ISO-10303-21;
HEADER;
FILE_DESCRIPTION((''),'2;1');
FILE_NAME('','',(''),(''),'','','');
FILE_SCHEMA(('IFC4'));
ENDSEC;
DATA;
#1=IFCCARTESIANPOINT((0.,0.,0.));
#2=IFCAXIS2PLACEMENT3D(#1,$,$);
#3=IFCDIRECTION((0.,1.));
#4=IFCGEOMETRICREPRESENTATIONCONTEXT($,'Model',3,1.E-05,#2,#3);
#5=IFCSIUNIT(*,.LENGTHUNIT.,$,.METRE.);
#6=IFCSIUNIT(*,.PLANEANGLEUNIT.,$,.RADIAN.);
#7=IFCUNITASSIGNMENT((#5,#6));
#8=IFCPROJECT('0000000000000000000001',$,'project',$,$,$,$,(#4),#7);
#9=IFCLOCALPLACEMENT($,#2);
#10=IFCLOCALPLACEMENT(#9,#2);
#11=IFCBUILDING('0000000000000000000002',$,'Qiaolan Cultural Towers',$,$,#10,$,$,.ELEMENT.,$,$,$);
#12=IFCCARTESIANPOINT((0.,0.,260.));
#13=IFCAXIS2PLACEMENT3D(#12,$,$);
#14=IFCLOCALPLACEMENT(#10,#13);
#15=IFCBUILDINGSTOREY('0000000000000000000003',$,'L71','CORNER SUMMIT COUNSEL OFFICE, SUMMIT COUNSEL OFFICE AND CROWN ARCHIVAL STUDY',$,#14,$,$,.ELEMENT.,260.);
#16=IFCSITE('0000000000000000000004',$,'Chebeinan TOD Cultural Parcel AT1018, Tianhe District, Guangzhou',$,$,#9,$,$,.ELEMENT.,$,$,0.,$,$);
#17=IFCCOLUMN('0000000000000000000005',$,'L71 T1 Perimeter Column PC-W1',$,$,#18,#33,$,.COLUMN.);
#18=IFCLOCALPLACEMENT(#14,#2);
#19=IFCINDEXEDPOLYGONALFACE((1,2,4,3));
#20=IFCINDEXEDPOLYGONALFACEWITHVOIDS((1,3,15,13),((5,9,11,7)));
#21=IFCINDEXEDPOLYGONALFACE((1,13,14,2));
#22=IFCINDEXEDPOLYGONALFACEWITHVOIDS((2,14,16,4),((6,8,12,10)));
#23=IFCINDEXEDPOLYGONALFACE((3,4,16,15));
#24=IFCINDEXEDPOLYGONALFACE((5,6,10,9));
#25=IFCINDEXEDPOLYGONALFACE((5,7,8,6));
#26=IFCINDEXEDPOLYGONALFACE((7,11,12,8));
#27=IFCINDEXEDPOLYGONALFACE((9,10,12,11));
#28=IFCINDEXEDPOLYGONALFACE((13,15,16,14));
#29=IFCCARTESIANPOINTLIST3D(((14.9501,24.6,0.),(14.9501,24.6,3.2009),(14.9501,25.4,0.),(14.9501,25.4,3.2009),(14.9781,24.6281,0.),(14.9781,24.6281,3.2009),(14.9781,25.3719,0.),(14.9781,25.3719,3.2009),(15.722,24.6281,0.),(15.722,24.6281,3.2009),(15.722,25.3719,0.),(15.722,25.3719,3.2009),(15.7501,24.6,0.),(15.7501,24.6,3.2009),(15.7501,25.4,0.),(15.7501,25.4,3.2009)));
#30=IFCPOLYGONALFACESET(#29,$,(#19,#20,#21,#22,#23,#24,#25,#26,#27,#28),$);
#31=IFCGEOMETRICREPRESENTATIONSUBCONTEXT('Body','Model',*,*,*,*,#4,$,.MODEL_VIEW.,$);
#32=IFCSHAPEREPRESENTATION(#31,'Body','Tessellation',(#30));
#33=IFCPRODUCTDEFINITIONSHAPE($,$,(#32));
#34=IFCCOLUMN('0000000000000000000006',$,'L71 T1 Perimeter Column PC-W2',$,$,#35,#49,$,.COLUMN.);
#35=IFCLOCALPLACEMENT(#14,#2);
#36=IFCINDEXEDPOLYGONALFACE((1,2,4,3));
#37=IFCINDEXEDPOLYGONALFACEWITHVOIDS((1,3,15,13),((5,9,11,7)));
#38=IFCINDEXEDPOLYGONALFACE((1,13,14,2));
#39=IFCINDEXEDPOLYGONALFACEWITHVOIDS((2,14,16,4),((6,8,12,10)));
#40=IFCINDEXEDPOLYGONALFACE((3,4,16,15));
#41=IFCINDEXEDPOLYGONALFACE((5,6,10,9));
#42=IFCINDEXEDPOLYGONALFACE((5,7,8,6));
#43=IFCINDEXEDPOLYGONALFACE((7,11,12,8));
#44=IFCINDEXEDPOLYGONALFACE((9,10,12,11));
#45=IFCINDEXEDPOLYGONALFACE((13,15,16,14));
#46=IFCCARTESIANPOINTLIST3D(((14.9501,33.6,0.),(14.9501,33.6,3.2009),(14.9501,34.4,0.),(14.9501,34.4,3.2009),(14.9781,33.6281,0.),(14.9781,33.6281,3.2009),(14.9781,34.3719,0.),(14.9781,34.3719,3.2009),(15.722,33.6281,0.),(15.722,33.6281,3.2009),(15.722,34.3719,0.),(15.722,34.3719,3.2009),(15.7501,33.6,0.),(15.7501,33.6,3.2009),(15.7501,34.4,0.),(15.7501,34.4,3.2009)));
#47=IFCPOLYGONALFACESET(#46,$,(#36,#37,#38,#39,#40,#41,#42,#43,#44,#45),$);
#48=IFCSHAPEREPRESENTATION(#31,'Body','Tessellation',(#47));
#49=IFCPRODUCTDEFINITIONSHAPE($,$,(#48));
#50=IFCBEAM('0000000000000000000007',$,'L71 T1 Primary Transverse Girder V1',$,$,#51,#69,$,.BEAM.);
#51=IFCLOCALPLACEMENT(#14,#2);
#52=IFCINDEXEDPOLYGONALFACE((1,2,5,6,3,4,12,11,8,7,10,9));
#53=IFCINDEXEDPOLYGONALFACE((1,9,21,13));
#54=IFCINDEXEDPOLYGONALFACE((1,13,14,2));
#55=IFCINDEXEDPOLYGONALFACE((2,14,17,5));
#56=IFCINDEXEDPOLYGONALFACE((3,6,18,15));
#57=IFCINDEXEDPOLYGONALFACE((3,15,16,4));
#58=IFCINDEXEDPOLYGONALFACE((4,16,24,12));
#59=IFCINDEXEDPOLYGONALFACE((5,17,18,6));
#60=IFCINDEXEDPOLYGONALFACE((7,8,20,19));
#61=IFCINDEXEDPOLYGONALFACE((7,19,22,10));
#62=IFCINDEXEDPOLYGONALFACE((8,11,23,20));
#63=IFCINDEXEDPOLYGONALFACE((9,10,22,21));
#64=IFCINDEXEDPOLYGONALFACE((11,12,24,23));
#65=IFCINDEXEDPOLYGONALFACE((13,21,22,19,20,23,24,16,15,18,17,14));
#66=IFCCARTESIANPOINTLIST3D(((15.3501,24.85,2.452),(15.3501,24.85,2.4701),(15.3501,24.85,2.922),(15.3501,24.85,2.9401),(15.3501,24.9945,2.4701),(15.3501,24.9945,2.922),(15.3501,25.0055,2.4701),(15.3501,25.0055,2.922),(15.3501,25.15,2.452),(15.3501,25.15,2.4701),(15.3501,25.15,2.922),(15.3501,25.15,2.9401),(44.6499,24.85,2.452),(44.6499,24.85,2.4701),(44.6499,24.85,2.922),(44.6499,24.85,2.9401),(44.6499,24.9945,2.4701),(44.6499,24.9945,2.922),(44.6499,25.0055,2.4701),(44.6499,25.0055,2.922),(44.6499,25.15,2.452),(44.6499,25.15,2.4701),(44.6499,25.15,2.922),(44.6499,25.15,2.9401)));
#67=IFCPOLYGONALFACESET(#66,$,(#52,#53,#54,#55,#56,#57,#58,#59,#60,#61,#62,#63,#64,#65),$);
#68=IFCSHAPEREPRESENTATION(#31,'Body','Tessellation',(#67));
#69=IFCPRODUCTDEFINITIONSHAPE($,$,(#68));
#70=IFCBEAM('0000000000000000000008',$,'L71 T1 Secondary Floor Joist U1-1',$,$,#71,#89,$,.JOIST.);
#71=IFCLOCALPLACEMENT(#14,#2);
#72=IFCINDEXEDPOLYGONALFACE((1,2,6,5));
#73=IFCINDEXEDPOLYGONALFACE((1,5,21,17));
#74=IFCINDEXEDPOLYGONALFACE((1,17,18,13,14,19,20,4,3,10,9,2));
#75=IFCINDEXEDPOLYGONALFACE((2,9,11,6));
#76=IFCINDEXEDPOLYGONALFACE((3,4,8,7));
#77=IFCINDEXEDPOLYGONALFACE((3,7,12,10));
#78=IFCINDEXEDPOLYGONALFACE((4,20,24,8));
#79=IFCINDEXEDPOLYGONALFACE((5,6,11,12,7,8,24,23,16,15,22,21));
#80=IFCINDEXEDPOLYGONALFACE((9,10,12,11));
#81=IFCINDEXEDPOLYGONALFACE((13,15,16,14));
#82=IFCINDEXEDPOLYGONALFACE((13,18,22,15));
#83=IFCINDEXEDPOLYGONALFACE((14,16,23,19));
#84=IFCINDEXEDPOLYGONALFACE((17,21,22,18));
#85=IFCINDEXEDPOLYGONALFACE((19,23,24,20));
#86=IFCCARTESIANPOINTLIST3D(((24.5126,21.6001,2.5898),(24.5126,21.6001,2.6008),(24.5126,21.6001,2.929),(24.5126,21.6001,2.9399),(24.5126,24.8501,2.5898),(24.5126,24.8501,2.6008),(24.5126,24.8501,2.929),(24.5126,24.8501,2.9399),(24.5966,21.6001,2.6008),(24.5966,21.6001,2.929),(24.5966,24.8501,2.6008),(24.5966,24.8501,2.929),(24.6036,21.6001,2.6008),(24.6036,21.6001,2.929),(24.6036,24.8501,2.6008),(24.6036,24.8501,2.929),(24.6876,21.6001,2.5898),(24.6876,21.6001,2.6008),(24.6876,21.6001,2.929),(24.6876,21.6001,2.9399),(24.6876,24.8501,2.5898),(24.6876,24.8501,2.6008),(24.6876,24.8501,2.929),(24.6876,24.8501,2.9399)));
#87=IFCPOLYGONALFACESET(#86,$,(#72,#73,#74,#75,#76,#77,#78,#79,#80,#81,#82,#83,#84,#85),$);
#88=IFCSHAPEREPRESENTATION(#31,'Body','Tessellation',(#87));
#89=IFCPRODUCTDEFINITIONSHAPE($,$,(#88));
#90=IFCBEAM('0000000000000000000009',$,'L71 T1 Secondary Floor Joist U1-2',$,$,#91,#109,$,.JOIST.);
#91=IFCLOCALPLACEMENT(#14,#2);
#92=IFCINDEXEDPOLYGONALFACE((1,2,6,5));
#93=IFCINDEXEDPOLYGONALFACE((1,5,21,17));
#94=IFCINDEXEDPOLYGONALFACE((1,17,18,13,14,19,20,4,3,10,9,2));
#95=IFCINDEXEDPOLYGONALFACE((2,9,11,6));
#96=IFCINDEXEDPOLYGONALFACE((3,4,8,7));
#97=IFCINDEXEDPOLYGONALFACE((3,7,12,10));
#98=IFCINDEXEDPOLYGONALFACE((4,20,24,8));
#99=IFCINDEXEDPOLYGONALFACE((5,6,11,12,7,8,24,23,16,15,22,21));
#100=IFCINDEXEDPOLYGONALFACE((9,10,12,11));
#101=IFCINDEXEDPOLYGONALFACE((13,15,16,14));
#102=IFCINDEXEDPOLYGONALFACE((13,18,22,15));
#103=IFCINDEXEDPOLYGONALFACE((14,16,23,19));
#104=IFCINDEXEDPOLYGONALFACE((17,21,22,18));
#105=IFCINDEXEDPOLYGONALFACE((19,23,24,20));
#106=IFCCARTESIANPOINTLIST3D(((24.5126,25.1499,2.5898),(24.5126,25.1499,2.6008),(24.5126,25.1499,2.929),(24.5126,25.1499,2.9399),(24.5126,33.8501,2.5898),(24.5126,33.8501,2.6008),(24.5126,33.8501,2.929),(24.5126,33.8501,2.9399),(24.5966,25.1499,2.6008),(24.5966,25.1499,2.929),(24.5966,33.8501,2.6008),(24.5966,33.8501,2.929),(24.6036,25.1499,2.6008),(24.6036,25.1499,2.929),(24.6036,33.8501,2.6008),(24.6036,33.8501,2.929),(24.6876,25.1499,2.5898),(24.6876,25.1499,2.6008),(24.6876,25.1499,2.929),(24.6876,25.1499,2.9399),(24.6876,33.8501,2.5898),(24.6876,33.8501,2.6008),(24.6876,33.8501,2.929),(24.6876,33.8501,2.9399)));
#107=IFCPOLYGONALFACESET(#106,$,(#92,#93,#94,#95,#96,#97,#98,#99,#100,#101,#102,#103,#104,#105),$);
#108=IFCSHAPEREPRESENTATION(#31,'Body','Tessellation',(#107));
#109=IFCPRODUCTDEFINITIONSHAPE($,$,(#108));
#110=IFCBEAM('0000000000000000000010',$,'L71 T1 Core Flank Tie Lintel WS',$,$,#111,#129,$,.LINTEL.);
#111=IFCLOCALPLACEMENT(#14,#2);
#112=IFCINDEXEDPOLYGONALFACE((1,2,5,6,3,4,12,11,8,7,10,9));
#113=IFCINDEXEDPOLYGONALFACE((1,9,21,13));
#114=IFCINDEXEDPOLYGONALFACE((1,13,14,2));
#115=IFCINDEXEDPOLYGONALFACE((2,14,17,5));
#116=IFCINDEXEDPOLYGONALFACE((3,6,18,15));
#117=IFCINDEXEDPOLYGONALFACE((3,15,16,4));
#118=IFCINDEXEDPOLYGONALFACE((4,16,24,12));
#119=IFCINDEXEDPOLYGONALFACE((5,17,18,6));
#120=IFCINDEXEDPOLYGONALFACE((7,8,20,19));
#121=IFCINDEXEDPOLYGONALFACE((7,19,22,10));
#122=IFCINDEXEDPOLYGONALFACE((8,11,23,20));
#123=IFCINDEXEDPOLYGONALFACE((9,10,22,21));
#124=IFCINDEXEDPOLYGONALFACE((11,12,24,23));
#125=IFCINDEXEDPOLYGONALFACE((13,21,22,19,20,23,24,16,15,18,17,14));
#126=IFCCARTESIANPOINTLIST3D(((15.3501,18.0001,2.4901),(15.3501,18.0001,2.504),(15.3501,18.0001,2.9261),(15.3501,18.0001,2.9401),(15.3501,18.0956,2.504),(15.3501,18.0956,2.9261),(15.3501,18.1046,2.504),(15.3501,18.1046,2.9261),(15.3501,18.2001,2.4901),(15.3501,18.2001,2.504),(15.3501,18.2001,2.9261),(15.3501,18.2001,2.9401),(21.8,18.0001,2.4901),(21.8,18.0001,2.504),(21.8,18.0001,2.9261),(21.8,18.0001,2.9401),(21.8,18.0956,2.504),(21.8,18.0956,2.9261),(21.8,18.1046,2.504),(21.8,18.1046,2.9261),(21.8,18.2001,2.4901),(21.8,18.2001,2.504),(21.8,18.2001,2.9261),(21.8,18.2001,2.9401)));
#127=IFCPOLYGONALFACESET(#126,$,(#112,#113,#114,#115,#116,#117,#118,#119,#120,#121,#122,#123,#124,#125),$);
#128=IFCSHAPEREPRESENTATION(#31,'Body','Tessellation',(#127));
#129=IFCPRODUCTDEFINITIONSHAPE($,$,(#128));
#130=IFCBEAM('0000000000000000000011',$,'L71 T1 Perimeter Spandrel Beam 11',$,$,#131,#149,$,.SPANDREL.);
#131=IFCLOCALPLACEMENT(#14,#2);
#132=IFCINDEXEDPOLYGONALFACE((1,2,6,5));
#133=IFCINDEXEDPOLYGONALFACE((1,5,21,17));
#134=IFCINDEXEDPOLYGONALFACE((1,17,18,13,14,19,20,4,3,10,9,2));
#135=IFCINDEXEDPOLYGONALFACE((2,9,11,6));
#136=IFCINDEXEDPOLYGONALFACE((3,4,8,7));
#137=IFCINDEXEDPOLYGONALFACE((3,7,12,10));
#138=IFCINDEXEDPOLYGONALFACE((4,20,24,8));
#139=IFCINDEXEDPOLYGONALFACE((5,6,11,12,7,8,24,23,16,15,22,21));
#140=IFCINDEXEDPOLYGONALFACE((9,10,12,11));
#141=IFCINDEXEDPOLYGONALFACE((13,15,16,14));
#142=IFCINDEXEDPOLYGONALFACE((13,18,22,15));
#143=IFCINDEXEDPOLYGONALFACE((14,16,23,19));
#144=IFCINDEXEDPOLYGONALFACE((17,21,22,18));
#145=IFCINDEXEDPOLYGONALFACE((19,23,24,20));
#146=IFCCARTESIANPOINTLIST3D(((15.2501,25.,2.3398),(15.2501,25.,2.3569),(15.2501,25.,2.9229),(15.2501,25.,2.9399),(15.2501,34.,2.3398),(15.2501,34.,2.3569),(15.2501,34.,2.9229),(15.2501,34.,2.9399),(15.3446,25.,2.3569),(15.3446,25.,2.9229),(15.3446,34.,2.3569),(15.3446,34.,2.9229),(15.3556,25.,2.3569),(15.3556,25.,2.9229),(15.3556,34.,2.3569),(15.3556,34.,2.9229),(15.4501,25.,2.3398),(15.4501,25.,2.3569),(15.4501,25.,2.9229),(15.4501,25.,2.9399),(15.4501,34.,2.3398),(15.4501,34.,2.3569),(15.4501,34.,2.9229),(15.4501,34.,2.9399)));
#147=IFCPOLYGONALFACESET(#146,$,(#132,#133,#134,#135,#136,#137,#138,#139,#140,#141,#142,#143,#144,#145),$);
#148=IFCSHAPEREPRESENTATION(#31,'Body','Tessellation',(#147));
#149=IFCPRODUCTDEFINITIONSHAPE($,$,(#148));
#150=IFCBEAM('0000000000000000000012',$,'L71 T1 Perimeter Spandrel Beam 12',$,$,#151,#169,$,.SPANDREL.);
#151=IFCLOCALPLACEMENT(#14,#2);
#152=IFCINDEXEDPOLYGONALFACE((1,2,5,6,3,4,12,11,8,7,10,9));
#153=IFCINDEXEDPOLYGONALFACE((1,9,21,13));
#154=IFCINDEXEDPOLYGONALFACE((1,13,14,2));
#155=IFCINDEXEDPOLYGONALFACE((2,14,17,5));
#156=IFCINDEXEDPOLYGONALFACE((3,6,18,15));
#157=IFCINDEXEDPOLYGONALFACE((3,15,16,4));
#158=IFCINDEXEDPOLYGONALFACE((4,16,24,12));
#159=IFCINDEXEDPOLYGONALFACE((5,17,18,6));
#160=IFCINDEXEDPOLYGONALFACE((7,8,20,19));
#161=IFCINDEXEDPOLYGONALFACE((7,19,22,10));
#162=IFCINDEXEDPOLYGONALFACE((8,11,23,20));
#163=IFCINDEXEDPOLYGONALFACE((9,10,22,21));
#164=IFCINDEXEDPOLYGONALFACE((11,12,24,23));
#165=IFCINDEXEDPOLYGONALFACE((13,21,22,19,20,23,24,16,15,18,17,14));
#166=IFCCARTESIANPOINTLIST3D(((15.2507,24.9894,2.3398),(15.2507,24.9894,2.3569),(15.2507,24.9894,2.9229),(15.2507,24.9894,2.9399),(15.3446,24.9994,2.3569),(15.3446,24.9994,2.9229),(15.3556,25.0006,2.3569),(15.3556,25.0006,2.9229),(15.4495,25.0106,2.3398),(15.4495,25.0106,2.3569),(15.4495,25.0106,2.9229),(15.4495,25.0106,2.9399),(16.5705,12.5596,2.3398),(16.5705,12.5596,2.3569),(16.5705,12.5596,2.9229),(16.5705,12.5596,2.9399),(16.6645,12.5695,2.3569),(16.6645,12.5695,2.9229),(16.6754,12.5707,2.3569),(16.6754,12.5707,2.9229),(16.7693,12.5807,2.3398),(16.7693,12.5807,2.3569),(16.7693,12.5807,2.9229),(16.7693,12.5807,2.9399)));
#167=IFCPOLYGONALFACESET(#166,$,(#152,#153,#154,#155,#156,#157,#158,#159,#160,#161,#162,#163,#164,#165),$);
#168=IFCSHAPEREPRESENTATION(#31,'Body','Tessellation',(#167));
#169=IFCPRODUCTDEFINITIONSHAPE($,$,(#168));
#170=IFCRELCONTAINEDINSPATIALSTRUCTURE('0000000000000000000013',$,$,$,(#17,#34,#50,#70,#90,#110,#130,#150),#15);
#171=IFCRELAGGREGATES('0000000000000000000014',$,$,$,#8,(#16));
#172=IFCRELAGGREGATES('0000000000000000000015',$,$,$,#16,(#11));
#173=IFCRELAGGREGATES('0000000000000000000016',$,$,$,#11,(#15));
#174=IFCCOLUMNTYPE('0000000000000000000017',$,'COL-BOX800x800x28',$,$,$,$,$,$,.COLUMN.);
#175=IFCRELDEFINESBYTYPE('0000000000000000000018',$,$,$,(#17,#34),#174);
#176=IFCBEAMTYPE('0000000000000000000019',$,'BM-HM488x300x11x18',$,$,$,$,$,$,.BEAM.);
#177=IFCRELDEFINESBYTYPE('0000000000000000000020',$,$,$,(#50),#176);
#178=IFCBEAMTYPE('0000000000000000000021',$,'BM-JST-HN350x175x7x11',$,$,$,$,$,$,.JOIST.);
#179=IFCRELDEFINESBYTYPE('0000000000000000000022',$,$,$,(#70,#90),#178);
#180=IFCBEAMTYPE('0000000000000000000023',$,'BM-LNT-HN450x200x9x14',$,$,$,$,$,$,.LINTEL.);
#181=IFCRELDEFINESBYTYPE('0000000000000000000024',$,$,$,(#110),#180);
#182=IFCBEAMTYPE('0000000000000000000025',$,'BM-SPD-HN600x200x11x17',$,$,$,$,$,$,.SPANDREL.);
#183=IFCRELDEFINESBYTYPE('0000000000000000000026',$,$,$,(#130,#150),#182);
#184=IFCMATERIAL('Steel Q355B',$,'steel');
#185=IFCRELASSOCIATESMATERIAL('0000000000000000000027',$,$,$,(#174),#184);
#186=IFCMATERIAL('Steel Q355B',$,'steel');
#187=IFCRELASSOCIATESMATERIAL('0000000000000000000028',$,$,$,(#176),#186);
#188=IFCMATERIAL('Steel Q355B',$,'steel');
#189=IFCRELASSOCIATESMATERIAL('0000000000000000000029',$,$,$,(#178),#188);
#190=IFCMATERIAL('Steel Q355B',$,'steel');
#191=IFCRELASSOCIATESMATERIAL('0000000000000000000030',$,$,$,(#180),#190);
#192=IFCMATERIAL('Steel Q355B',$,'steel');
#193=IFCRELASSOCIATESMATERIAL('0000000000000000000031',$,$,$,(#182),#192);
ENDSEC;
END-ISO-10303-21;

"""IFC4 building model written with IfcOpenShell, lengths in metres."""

from ifc_helpers import new_model, si_unit, direction, frame, origin, origin_2d, place, context, subcontext, project, spatial, hollow_rectangle, i_section, extrude, material, material_profile, profile_set, type_object, element, save


model = new_model("IFC4")

# Units and contexts
model_context = context("Model", 3, precision=1e-05, world=origin(), true_north=direction((0.0, 1.0)))
body_context = subcontext(model_context, "Body", "Model", "MODEL_VIEW")
ifc_project = project(units=[si_unit("LENGTHUNIT", "METRE"), si_unit("PLANEANGLEUNIT", "RADIAN")], contexts=[model_context])

# Site, building, storey
site_placement = place(None, origin())
site = spatial("IfcSite", under=ifc_project, at=site_placement, Name="Chebeinan TOD Cultural Parcel AT1018, Tianhe District, Guangzhou", CompositionType="ELEMENT", RefElevation=0.0)
building_placement = place(site_placement, origin())
building = spatial("IfcBuilding", under=site, at=building_placement, Name="Qiaolan Cultural Towers", CompositionType="ELEMENT")
storey_placement = place(building_placement, frame((0.0, 0.0, 260.0)))
storey = spatial("IfcBuildingStorey", under=building, at=storey_placement, Name="L71", Description="CORNER SUMMIT COUNSEL OFFICE, SUMMIT COUNSEL OFFICE AND CROWN ARCHIVAL STUDY", CompositionType="ELEMENT", Elevation=260.0)

# Columns
ifc_material_1 = material(Name="Steel Q355B", Category="steel")
ifc_material_profile_1 = material_profile(ifc_material_1, hollow_rectangle(XDim=0.8, YDim=0.8, WallThickness=0.0281, at=origin_2d()), Name="BOX800x800x28")
ifc_profile_set_1 = profile_set([ifc_material_profile_1], Name="Steel Q355B")
column_type = type_object("IfcColumnType", Name="COL-BOX800x800x28", PredefinedType="COLUMN", material=ifc_profile_set_1)
for number, where, z_axis, x_axis, name in (
    (1, (15.3501, 25.0, 0.0), (0.0, 0.0, 1.0), (1.0, 0.0, 0.0), "L71 T1 Perimeter Column PC-W1"),
    (2, (15.3501, 34.0, 0.0), (0.0, 0.0, 1.0), (1.0, 0.0, 0.0), "L71 T1 Perimeter Column PC-W2"),
):
    element("IfcColumn", number, at=place(storey_placement, frame(where, z_axis=z_axis, x_axis=x_axis)), inside=storey, type_object=column_type, Name=name, PredefinedType="COLUMN", context=body_context, shape_type="SweptSolid", body=[
        extrude(hollow_rectangle(XDim=0.8, YDim=0.8, WallThickness=0.0281, at=origin_2d()), origin(), (0.0, 0.0, 1.0), 3.2009),
    ])

# Beams
ifc_material_2 = material(Name="Steel Q355B", Category="steel")
ifc_material_profile_2 = material_profile(ifc_material_2, i_section(OverallWidth=0.3, OverallDepth=0.488, WebThickness=0.011, FlangeThickness=0.0181, at=origin_2d()), Name="HM488x300x11x18")
ifc_profile_set_2 = profile_set([ifc_material_profile_2], Name="Steel Q355B")
beam_type_1 = type_object("IfcBeamType", Name="BM-HM488x300x11x18", PredefinedType="BEAM", material=ifc_profile_set_2)
beam_1_placement = place(storey_placement, frame((15.3501, 25.0, 2.696), z_axis=(1.0, 0.0, 0.0), x_axis=(0.0, 1.0, 0.0)))
element("IfcBeam", 3, at=beam_1_placement, inside=storey, type_object=beam_type_1, Name="L71 T1 Primary Transverse Girder V1", PredefinedType="BEAM", context=body_context, shape_type="SweptSolid", body=[
    extrude(i_section(OverallWidth=0.3, OverallDepth=0.488, WebThickness=0.011, FlangeThickness=0.0181, at=origin_2d()), origin(), (0.0, 0.0, 1.0), 29.2998),
])
ifc_material_3 = material(Name="Steel Q355B", Category="steel")
ifc_material_profile_3 = material_profile(ifc_material_3, i_section(OverallWidth=0.175, OverallDepth=0.3501, WebThickness=0.0071, FlangeThickness=0.011, at=origin_2d()), Name="HN350x175x7x11")
ifc_profile_set_3 = profile_set([ifc_material_profile_3], Name="Steel Q355B")
beam_type_2 = type_object("IfcBeamType", Name="BM-JST-HN350x175x7x11", PredefinedType="JOIST", material=ifc_profile_set_3)
beam_2_placement = place(storey_placement, frame((24.6001, 21.6001, 2.7649), z_axis=(0.0, 1.0, 0.0), x_axis=(-1.0, 0.0, 0.0)))
element("IfcBeam", 4, at=beam_2_placement, inside=storey, type_object=beam_type_2, Name="L71 T1 Secondary Floor Joist U1-1", PredefinedType="JOIST", context=body_context, shape_type="SweptSolid", body=[
    extrude(i_section(OverallWidth=0.175, OverallDepth=0.3501, WebThickness=0.0071, FlangeThickness=0.011, at=origin_2d()), origin(), (0.0, 0.0, 1.0), 3.25),
])
beam_3_placement = place(storey_placement, frame((24.6001, 25.1499, 2.7649), z_axis=(0.0, 1.0, 0.0), x_axis=(-1.0, 0.0, 0.0)))
element("IfcBeam", 5, at=beam_3_placement, inside=storey, type_object=beam_type_2, Name="L71 T1 Secondary Floor Joist U1-2", PredefinedType="JOIST", context=body_context, shape_type="SweptSolid", body=[
    extrude(i_section(OverallWidth=0.175, OverallDepth=0.3501, WebThickness=0.0071, FlangeThickness=0.011, at=origin_2d()), origin(), (0.0, 0.0, 1.0), 8.7002),
])
ifc_material_4 = material(Name="Steel Q355B", Category="steel")
ifc_material_profile_4 = material_profile(ifc_material_4, i_section(OverallWidth=0.2, OverallDepth=0.45, WebThickness=0.009, FlangeThickness=0.0139, at=origin_2d()), Name="HN450x200x9x14")
ifc_profile_set_4 = profile_set([ifc_material_profile_4], Name="Steel Q355B")
beam_type_3 = type_object("IfcBeamType", Name="BM-LNT-HN450x200x9x14", PredefinedType="LINTEL", material=ifc_profile_set_4)
beam_4_placement = place(storey_placement, frame((21.8, 18.1001, 2.7151), z_axis=(-1.0, 0.0, 0.0), x_axis=(0.0, -1.0, 0.0)))
element("IfcBeam", 6, at=beam_4_placement, inside=storey, type_object=beam_type_3, Name="L71 T1 Core Flank Tie Lintel WS", PredefinedType="LINTEL", context=body_context, shape_type="SweptSolid", body=[
    extrude(i_section(OverallWidth=0.2, OverallDepth=0.45, WebThickness=0.009, FlangeThickness=0.0139, at=origin_2d()), origin(), (0.0, 0.0, 1.0), 6.45),
])
ifc_material_5 = material(Name="Steel Q355B", Category="steel")
ifc_material_profile_5 = material_profile(ifc_material_5, i_section(OverallWidth=0.2, OverallDepth=0.6001, WebThickness=0.011, FlangeThickness=0.0171, at=origin_2d()), Name="HN600x200x11x17")
ifc_profile_set_5 = profile_set([ifc_material_profile_5], Name="Steel Q355B")
beam_type_4 = type_object("IfcBeamType", Name="BM-SPD-HN600x200x11x17", PredefinedType="SPANDREL", material=ifc_profile_set_5)
beam_5_placement = place(storey_placement, frame((15.3501, 34.0, 2.6399), z_axis=(0.0, -1.0, 0.0), x_axis=(1.0, 0.0, 0.0)))
element("IfcBeam", 7, at=beam_5_placement, inside=storey, type_object=beam_type_4, Name="L71 T1 Perimeter Spandrel Beam 11", PredefinedType="SPANDREL", context=body_context, shape_type="SweptSolid", body=[
    extrude(i_section(OverallWidth=0.2, OverallDepth=0.6001, WebThickness=0.011, FlangeThickness=0.0171, at=origin_2d()), origin(), (0.0, 0.0, 1.0), 9.0),
])
beam_6_placement = place(storey_placement, frame((15.3501, 25.0, 2.6399), z_axis=(0.105588, -0.99441, 0.0), x_axis=(0.99441, 0.105588, 0.0)))
element("IfcBeam", 8, at=beam_6_placement, inside=storey, type_object=beam_type_4, Name="L71 T1 Perimeter Spandrel Beam 12", PredefinedType="SPANDREL", context=body_context, shape_type="SweptSolid", body=[
    extrude(i_section(OverallWidth=0.2, OverallDepth=0.6001, WebThickness=0.011, FlangeThickness=0.0171, at=origin_2d()), origin(), (0.0, 0.0, 1.0), 12.4998),
])

save(model, "model.ifc")
